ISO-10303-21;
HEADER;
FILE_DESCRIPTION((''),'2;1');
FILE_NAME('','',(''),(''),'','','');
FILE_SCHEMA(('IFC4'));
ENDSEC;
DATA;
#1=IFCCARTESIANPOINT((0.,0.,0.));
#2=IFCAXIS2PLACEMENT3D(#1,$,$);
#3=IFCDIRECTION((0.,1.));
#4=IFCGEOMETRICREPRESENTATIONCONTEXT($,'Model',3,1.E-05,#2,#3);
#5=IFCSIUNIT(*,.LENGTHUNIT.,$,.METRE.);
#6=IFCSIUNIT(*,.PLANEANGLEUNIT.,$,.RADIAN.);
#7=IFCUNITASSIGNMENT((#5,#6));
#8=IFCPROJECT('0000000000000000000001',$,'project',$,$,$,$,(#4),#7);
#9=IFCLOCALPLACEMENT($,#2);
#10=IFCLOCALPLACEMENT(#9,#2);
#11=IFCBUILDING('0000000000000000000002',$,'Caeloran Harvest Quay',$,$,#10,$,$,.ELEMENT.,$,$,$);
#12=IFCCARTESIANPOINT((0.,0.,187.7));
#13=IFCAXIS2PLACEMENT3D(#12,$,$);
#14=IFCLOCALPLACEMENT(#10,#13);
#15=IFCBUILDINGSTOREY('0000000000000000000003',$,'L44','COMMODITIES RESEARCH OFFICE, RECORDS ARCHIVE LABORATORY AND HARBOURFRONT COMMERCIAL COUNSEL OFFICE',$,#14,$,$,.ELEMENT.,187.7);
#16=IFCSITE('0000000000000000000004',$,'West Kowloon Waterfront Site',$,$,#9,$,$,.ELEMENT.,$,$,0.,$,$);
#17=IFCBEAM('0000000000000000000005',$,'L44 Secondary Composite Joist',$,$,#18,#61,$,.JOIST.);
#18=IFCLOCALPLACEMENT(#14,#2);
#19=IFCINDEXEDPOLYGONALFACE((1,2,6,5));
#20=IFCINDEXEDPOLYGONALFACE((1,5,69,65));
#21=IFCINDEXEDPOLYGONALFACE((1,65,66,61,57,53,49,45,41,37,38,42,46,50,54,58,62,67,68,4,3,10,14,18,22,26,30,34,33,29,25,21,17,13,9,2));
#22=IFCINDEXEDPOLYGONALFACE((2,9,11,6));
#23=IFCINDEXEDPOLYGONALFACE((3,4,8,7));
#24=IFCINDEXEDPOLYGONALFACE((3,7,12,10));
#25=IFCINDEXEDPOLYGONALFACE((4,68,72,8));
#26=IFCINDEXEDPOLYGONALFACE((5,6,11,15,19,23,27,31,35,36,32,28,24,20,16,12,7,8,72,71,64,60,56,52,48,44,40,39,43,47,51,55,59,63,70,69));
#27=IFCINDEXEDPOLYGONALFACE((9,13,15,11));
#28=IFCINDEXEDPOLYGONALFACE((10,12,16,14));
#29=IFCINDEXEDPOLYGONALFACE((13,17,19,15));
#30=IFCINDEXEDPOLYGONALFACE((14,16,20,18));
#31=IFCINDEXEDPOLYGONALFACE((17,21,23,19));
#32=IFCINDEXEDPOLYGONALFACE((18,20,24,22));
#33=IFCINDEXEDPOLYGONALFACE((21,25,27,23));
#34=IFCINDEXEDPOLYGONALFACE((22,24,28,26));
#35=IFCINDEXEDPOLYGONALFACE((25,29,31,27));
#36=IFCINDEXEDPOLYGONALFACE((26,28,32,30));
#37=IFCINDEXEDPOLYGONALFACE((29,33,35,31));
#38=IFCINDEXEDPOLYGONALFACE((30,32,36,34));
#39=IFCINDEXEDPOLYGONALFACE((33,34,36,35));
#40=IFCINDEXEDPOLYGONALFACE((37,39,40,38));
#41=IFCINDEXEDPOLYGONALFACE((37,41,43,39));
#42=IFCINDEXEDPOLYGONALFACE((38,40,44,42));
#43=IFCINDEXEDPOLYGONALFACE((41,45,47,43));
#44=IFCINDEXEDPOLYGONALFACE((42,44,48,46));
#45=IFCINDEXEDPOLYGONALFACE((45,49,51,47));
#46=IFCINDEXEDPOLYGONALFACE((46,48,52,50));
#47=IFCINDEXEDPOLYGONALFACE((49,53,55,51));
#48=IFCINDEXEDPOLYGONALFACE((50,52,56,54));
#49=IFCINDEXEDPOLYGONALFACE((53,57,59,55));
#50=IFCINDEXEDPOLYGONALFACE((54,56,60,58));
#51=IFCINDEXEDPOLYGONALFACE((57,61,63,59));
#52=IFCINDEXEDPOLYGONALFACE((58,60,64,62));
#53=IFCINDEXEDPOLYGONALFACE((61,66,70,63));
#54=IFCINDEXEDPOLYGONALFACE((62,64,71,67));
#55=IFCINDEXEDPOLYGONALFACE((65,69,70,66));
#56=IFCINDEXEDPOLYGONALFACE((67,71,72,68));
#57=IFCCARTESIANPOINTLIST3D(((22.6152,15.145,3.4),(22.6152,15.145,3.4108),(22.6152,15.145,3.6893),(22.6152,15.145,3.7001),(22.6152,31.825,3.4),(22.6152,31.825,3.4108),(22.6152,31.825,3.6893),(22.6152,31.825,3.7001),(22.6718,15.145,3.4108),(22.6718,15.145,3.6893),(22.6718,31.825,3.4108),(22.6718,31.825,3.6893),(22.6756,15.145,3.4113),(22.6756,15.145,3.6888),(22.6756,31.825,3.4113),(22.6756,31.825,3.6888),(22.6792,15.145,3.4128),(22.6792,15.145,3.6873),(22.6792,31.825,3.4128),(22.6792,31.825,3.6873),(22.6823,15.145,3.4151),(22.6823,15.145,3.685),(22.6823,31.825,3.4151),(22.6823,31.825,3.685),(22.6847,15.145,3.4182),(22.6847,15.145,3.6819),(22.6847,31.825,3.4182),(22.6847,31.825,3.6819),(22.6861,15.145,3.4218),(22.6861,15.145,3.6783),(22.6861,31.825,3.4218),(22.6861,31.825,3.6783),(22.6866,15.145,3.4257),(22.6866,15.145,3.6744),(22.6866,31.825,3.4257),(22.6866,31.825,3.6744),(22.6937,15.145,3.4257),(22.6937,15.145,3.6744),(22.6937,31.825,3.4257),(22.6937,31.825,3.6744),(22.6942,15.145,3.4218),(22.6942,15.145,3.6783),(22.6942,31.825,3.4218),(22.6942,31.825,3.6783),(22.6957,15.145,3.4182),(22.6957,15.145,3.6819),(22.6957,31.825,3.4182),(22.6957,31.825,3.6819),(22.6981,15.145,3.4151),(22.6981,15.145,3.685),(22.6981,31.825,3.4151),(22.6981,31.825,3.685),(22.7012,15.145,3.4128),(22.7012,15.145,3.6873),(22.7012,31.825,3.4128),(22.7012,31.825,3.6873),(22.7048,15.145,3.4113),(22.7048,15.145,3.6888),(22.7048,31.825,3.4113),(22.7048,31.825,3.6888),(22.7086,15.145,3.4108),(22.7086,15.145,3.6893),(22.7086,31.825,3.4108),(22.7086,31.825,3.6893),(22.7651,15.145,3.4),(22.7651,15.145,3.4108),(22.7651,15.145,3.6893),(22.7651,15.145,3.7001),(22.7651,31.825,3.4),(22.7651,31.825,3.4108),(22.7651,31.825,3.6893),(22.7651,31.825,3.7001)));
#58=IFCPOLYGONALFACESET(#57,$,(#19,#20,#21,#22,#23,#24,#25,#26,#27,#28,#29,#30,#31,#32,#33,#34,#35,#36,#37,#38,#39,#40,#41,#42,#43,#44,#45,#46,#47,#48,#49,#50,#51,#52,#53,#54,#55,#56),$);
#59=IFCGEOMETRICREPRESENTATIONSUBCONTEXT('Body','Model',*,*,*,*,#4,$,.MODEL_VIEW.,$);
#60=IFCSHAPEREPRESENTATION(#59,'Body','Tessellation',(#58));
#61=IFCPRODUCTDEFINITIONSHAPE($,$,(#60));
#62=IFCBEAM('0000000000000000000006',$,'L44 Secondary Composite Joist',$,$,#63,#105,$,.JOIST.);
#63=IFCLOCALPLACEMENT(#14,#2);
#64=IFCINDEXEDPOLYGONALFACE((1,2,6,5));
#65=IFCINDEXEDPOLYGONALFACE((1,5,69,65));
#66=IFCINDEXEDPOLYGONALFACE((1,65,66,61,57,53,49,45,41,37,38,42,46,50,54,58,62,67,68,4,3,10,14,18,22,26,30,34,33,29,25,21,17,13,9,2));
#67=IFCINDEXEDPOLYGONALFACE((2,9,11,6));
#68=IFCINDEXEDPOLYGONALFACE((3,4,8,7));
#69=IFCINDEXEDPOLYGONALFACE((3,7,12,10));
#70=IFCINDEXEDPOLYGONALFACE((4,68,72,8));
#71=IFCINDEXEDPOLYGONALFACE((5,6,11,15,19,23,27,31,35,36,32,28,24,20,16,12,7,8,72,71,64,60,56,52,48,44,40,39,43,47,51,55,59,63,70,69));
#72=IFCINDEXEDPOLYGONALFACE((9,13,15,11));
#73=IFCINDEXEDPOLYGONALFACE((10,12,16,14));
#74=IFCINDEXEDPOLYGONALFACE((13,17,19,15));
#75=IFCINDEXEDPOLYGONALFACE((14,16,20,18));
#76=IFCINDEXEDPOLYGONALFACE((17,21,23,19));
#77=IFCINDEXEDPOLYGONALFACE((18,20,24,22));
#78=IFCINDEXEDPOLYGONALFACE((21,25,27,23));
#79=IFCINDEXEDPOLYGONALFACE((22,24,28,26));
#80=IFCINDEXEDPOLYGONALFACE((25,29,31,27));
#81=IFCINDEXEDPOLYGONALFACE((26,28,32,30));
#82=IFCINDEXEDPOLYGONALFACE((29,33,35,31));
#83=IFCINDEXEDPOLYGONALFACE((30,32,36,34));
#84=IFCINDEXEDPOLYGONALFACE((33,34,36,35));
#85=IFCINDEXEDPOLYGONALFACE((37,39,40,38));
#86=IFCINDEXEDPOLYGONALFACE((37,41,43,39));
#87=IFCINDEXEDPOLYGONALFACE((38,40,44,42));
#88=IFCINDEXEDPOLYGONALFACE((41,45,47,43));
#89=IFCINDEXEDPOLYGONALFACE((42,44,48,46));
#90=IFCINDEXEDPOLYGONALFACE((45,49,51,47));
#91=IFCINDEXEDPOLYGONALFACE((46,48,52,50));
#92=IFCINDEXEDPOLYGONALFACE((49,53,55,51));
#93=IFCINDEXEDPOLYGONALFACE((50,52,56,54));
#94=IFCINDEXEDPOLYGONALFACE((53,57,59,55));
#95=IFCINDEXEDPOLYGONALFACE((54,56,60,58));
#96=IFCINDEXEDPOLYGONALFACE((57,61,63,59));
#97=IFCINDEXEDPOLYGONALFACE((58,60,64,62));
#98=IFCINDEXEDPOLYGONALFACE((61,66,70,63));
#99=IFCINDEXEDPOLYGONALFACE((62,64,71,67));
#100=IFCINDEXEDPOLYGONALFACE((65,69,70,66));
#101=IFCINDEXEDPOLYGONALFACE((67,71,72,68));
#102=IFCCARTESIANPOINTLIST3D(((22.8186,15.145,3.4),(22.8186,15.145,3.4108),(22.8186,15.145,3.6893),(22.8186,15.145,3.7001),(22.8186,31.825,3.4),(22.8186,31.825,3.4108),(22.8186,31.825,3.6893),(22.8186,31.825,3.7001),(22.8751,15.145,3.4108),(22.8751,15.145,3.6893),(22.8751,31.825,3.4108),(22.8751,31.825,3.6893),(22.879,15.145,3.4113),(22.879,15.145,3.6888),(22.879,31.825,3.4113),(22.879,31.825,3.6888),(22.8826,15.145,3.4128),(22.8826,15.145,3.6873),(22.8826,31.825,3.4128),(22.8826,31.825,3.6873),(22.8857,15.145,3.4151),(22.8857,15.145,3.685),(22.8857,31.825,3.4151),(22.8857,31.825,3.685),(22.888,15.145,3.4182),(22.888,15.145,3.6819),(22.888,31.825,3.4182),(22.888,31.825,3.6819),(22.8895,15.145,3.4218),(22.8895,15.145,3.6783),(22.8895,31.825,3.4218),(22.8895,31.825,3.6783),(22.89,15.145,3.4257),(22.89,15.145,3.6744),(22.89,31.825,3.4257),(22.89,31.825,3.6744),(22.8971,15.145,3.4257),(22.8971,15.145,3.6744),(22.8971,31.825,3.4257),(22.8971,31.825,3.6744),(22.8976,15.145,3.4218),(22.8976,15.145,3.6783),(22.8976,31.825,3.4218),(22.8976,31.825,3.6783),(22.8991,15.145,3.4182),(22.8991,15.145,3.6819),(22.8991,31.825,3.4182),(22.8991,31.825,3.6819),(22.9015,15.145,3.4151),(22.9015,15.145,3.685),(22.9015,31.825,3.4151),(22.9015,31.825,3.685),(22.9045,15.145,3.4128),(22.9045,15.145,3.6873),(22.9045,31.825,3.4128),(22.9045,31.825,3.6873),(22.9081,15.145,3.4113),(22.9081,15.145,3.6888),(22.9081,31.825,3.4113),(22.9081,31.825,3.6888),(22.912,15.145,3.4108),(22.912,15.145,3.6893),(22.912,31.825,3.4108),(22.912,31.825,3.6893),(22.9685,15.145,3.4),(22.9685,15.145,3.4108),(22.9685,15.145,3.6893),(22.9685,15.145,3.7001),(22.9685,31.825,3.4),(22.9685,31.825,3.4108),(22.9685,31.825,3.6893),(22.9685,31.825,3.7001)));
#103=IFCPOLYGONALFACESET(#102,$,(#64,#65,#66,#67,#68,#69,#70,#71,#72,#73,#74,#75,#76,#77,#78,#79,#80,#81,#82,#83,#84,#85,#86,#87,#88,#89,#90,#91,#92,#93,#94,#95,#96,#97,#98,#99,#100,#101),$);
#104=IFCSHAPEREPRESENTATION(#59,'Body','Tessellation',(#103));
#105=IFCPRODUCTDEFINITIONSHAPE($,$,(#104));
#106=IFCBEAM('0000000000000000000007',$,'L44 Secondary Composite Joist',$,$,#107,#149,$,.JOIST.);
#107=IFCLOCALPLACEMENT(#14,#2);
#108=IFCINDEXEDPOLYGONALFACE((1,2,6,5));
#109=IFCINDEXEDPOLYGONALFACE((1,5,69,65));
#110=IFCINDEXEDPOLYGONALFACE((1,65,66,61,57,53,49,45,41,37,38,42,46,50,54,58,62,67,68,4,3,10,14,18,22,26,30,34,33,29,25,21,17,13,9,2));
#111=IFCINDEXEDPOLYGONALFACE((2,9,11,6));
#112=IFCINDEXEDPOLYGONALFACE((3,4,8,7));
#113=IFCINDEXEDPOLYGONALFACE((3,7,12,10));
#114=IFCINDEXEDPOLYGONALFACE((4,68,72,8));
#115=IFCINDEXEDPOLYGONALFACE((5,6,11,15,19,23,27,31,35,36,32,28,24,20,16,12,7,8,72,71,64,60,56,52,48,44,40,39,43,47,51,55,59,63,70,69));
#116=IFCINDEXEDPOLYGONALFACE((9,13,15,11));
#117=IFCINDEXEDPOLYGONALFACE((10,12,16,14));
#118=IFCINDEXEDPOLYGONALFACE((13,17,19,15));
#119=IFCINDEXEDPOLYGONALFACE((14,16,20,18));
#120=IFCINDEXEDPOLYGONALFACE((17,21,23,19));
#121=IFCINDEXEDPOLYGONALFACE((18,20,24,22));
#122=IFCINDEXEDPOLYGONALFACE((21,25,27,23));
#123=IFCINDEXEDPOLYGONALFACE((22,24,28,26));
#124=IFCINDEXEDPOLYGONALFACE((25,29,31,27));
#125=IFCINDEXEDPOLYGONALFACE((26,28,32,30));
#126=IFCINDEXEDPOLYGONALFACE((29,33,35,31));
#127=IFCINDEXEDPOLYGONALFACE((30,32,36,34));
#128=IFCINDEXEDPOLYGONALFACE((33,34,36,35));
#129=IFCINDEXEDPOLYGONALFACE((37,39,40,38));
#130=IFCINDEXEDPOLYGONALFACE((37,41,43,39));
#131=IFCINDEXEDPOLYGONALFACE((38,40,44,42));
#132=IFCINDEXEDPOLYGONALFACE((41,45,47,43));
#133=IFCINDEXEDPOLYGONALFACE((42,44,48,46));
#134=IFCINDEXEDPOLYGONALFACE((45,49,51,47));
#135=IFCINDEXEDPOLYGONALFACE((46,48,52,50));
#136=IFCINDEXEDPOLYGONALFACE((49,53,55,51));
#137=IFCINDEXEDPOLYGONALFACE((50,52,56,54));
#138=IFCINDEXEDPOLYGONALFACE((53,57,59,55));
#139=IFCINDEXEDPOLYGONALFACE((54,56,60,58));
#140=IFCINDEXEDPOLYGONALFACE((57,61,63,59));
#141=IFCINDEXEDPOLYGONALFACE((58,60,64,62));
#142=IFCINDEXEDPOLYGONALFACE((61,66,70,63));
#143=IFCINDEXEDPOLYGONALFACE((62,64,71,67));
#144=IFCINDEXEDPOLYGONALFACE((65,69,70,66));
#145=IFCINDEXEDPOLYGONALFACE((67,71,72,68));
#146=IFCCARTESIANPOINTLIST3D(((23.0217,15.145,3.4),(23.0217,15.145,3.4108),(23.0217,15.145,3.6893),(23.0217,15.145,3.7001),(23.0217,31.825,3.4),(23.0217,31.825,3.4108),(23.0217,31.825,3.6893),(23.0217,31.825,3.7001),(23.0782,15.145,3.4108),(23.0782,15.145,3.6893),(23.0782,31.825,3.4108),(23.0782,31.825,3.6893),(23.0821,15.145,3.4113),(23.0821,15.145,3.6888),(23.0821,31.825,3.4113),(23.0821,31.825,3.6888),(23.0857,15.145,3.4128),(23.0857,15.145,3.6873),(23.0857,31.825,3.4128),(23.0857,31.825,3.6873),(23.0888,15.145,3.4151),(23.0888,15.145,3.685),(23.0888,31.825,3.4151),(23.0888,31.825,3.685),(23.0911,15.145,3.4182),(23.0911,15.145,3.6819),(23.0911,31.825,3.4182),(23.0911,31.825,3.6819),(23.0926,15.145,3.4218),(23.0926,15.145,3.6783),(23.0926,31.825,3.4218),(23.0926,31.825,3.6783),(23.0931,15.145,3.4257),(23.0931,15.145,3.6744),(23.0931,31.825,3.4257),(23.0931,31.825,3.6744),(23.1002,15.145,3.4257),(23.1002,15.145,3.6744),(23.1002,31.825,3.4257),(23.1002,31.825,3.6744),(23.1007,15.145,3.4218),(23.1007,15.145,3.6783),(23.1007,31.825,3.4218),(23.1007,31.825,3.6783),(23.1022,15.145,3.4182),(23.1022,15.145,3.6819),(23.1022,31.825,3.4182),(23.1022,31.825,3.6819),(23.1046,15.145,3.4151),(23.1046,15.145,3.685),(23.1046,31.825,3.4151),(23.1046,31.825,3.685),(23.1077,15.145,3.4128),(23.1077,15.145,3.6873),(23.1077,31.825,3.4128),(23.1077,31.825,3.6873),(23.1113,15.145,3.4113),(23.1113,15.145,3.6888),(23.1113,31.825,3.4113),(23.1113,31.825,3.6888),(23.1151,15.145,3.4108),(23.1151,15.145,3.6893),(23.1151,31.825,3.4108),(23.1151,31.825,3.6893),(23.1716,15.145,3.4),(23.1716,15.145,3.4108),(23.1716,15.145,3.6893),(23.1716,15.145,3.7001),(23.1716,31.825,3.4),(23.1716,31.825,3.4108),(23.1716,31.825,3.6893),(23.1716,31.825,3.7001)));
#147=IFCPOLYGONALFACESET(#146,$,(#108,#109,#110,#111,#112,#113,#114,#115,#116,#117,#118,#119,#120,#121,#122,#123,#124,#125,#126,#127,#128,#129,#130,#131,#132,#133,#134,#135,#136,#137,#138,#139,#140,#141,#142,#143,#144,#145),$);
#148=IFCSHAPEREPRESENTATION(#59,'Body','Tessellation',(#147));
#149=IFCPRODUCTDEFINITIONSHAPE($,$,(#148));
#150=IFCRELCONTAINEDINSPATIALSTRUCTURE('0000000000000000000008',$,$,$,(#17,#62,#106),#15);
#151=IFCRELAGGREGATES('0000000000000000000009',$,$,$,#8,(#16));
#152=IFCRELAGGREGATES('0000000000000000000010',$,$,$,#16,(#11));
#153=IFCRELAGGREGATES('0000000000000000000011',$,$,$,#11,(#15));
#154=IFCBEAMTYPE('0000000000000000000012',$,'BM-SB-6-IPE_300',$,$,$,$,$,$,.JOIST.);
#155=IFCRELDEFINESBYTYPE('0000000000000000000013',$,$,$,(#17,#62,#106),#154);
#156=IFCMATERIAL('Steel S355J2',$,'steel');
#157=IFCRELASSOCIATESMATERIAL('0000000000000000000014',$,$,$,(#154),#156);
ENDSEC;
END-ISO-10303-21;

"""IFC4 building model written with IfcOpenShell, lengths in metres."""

from ifc_helpers import new_model, si_unit, direction, frame, origin, origin_2d, place, context, subcontext, project, spatial, i_section, extrude, material, material_profile, profile_set, type_object, element, save


model = new_model("IFC4")

# Units and contexts
model_context = context("Model", 3, precision=1e-05, world=origin(), true_north=direction((0.0, 1.0)))
body_context = subcontext(model_context, "Body", "Model", "MODEL_VIEW")
ifc_project = project(units=[si_unit("LENGTHUNIT", "METRE"), si_unit("PLANEANGLEUNIT", "RADIAN")], contexts=[model_context])

# Site, building, storey
site_placement = place(None, origin())
site = spatial("IfcSite", under=ifc_project, at=site_placement, Name="West Kowloon Waterfront Site", CompositionType="ELEMENT", RefElevation=0.0)
building_placement = place(site_placement, origin())
building = spatial("IfcBuilding", under=site, at=building_placement, Name="Caeloran Harvest Quay", CompositionType="ELEMENT")
storey_placement = place(building_placement, frame((0.0, 0.0, 187.7)))
storey = spatial("IfcBuildingStorey", under=building, at=storey_placement, Name="L44", Description="COMMODITIES RESEARCH OFFICE, RECORDS ARCHIVE LABORATORY AND HARBOURFRONT COMMERCIAL COUNSEL OFFICE", CompositionType="ELEMENT", Elevation=187.7)

# Beams
ifc_material_1 = material(Name="Steel S355J2", Category="steel")
ifc_material_profile_1 = material_profile(ifc_material_1, i_section(OverallWidth=0.1499, OverallDepth=0.3, WebThickness=0.0071, FlangeThickness=0.0107, FilletRadius=0.0149, at=origin_2d()), Name="IPE 300")
ifc_profile_set_1 = profile_set([ifc_material_profile_1], Name="Steel S355J2")
beam_type_1 = type_object("IfcBeamType", Name="BM-SB-6-IPE_300", PredefinedType="JOIST", material=ifc_profile_set_1)
for number, where, z_axis, x_axis, name in (
    (1, (22.6902, 15.145, 3.55), (0.0, 1.0, 0.0), (-1.0, 0.0, 0.0), "L44 Secondary Composite Joist"),
    (2, (22.8936, 15.145, 3.55), (0.0, 1.0, 0.0), (-1.0, 0.0, 0.0), "L44 Secondary Composite Joist"),
    (3, (23.0967, 15.145, 3.55), (0.0, 1.0, 0.0), (-1.0, 0.0, 0.0), "L44 Secondary Composite Joist"),
):
    element("IfcBeam", number, at=place(storey_placement, frame(where, z_axis=z_axis, x_axis=x_axis)), inside=storey, type_object=beam_type_1, Name=name, PredefinedType="JOIST", context=body_context, shape_type="SweptSolid", body=[
        extrude(i_section(OverallWidth=0.1499, OverallDepth=0.3, WebThickness=0.0071, FlangeThickness=0.0107, FilletRadius=0.0149, at=origin_2d()), origin(), (0.0, 0.0, 1.0), 16.6799),
    ])

save(model, "model.ifc")
